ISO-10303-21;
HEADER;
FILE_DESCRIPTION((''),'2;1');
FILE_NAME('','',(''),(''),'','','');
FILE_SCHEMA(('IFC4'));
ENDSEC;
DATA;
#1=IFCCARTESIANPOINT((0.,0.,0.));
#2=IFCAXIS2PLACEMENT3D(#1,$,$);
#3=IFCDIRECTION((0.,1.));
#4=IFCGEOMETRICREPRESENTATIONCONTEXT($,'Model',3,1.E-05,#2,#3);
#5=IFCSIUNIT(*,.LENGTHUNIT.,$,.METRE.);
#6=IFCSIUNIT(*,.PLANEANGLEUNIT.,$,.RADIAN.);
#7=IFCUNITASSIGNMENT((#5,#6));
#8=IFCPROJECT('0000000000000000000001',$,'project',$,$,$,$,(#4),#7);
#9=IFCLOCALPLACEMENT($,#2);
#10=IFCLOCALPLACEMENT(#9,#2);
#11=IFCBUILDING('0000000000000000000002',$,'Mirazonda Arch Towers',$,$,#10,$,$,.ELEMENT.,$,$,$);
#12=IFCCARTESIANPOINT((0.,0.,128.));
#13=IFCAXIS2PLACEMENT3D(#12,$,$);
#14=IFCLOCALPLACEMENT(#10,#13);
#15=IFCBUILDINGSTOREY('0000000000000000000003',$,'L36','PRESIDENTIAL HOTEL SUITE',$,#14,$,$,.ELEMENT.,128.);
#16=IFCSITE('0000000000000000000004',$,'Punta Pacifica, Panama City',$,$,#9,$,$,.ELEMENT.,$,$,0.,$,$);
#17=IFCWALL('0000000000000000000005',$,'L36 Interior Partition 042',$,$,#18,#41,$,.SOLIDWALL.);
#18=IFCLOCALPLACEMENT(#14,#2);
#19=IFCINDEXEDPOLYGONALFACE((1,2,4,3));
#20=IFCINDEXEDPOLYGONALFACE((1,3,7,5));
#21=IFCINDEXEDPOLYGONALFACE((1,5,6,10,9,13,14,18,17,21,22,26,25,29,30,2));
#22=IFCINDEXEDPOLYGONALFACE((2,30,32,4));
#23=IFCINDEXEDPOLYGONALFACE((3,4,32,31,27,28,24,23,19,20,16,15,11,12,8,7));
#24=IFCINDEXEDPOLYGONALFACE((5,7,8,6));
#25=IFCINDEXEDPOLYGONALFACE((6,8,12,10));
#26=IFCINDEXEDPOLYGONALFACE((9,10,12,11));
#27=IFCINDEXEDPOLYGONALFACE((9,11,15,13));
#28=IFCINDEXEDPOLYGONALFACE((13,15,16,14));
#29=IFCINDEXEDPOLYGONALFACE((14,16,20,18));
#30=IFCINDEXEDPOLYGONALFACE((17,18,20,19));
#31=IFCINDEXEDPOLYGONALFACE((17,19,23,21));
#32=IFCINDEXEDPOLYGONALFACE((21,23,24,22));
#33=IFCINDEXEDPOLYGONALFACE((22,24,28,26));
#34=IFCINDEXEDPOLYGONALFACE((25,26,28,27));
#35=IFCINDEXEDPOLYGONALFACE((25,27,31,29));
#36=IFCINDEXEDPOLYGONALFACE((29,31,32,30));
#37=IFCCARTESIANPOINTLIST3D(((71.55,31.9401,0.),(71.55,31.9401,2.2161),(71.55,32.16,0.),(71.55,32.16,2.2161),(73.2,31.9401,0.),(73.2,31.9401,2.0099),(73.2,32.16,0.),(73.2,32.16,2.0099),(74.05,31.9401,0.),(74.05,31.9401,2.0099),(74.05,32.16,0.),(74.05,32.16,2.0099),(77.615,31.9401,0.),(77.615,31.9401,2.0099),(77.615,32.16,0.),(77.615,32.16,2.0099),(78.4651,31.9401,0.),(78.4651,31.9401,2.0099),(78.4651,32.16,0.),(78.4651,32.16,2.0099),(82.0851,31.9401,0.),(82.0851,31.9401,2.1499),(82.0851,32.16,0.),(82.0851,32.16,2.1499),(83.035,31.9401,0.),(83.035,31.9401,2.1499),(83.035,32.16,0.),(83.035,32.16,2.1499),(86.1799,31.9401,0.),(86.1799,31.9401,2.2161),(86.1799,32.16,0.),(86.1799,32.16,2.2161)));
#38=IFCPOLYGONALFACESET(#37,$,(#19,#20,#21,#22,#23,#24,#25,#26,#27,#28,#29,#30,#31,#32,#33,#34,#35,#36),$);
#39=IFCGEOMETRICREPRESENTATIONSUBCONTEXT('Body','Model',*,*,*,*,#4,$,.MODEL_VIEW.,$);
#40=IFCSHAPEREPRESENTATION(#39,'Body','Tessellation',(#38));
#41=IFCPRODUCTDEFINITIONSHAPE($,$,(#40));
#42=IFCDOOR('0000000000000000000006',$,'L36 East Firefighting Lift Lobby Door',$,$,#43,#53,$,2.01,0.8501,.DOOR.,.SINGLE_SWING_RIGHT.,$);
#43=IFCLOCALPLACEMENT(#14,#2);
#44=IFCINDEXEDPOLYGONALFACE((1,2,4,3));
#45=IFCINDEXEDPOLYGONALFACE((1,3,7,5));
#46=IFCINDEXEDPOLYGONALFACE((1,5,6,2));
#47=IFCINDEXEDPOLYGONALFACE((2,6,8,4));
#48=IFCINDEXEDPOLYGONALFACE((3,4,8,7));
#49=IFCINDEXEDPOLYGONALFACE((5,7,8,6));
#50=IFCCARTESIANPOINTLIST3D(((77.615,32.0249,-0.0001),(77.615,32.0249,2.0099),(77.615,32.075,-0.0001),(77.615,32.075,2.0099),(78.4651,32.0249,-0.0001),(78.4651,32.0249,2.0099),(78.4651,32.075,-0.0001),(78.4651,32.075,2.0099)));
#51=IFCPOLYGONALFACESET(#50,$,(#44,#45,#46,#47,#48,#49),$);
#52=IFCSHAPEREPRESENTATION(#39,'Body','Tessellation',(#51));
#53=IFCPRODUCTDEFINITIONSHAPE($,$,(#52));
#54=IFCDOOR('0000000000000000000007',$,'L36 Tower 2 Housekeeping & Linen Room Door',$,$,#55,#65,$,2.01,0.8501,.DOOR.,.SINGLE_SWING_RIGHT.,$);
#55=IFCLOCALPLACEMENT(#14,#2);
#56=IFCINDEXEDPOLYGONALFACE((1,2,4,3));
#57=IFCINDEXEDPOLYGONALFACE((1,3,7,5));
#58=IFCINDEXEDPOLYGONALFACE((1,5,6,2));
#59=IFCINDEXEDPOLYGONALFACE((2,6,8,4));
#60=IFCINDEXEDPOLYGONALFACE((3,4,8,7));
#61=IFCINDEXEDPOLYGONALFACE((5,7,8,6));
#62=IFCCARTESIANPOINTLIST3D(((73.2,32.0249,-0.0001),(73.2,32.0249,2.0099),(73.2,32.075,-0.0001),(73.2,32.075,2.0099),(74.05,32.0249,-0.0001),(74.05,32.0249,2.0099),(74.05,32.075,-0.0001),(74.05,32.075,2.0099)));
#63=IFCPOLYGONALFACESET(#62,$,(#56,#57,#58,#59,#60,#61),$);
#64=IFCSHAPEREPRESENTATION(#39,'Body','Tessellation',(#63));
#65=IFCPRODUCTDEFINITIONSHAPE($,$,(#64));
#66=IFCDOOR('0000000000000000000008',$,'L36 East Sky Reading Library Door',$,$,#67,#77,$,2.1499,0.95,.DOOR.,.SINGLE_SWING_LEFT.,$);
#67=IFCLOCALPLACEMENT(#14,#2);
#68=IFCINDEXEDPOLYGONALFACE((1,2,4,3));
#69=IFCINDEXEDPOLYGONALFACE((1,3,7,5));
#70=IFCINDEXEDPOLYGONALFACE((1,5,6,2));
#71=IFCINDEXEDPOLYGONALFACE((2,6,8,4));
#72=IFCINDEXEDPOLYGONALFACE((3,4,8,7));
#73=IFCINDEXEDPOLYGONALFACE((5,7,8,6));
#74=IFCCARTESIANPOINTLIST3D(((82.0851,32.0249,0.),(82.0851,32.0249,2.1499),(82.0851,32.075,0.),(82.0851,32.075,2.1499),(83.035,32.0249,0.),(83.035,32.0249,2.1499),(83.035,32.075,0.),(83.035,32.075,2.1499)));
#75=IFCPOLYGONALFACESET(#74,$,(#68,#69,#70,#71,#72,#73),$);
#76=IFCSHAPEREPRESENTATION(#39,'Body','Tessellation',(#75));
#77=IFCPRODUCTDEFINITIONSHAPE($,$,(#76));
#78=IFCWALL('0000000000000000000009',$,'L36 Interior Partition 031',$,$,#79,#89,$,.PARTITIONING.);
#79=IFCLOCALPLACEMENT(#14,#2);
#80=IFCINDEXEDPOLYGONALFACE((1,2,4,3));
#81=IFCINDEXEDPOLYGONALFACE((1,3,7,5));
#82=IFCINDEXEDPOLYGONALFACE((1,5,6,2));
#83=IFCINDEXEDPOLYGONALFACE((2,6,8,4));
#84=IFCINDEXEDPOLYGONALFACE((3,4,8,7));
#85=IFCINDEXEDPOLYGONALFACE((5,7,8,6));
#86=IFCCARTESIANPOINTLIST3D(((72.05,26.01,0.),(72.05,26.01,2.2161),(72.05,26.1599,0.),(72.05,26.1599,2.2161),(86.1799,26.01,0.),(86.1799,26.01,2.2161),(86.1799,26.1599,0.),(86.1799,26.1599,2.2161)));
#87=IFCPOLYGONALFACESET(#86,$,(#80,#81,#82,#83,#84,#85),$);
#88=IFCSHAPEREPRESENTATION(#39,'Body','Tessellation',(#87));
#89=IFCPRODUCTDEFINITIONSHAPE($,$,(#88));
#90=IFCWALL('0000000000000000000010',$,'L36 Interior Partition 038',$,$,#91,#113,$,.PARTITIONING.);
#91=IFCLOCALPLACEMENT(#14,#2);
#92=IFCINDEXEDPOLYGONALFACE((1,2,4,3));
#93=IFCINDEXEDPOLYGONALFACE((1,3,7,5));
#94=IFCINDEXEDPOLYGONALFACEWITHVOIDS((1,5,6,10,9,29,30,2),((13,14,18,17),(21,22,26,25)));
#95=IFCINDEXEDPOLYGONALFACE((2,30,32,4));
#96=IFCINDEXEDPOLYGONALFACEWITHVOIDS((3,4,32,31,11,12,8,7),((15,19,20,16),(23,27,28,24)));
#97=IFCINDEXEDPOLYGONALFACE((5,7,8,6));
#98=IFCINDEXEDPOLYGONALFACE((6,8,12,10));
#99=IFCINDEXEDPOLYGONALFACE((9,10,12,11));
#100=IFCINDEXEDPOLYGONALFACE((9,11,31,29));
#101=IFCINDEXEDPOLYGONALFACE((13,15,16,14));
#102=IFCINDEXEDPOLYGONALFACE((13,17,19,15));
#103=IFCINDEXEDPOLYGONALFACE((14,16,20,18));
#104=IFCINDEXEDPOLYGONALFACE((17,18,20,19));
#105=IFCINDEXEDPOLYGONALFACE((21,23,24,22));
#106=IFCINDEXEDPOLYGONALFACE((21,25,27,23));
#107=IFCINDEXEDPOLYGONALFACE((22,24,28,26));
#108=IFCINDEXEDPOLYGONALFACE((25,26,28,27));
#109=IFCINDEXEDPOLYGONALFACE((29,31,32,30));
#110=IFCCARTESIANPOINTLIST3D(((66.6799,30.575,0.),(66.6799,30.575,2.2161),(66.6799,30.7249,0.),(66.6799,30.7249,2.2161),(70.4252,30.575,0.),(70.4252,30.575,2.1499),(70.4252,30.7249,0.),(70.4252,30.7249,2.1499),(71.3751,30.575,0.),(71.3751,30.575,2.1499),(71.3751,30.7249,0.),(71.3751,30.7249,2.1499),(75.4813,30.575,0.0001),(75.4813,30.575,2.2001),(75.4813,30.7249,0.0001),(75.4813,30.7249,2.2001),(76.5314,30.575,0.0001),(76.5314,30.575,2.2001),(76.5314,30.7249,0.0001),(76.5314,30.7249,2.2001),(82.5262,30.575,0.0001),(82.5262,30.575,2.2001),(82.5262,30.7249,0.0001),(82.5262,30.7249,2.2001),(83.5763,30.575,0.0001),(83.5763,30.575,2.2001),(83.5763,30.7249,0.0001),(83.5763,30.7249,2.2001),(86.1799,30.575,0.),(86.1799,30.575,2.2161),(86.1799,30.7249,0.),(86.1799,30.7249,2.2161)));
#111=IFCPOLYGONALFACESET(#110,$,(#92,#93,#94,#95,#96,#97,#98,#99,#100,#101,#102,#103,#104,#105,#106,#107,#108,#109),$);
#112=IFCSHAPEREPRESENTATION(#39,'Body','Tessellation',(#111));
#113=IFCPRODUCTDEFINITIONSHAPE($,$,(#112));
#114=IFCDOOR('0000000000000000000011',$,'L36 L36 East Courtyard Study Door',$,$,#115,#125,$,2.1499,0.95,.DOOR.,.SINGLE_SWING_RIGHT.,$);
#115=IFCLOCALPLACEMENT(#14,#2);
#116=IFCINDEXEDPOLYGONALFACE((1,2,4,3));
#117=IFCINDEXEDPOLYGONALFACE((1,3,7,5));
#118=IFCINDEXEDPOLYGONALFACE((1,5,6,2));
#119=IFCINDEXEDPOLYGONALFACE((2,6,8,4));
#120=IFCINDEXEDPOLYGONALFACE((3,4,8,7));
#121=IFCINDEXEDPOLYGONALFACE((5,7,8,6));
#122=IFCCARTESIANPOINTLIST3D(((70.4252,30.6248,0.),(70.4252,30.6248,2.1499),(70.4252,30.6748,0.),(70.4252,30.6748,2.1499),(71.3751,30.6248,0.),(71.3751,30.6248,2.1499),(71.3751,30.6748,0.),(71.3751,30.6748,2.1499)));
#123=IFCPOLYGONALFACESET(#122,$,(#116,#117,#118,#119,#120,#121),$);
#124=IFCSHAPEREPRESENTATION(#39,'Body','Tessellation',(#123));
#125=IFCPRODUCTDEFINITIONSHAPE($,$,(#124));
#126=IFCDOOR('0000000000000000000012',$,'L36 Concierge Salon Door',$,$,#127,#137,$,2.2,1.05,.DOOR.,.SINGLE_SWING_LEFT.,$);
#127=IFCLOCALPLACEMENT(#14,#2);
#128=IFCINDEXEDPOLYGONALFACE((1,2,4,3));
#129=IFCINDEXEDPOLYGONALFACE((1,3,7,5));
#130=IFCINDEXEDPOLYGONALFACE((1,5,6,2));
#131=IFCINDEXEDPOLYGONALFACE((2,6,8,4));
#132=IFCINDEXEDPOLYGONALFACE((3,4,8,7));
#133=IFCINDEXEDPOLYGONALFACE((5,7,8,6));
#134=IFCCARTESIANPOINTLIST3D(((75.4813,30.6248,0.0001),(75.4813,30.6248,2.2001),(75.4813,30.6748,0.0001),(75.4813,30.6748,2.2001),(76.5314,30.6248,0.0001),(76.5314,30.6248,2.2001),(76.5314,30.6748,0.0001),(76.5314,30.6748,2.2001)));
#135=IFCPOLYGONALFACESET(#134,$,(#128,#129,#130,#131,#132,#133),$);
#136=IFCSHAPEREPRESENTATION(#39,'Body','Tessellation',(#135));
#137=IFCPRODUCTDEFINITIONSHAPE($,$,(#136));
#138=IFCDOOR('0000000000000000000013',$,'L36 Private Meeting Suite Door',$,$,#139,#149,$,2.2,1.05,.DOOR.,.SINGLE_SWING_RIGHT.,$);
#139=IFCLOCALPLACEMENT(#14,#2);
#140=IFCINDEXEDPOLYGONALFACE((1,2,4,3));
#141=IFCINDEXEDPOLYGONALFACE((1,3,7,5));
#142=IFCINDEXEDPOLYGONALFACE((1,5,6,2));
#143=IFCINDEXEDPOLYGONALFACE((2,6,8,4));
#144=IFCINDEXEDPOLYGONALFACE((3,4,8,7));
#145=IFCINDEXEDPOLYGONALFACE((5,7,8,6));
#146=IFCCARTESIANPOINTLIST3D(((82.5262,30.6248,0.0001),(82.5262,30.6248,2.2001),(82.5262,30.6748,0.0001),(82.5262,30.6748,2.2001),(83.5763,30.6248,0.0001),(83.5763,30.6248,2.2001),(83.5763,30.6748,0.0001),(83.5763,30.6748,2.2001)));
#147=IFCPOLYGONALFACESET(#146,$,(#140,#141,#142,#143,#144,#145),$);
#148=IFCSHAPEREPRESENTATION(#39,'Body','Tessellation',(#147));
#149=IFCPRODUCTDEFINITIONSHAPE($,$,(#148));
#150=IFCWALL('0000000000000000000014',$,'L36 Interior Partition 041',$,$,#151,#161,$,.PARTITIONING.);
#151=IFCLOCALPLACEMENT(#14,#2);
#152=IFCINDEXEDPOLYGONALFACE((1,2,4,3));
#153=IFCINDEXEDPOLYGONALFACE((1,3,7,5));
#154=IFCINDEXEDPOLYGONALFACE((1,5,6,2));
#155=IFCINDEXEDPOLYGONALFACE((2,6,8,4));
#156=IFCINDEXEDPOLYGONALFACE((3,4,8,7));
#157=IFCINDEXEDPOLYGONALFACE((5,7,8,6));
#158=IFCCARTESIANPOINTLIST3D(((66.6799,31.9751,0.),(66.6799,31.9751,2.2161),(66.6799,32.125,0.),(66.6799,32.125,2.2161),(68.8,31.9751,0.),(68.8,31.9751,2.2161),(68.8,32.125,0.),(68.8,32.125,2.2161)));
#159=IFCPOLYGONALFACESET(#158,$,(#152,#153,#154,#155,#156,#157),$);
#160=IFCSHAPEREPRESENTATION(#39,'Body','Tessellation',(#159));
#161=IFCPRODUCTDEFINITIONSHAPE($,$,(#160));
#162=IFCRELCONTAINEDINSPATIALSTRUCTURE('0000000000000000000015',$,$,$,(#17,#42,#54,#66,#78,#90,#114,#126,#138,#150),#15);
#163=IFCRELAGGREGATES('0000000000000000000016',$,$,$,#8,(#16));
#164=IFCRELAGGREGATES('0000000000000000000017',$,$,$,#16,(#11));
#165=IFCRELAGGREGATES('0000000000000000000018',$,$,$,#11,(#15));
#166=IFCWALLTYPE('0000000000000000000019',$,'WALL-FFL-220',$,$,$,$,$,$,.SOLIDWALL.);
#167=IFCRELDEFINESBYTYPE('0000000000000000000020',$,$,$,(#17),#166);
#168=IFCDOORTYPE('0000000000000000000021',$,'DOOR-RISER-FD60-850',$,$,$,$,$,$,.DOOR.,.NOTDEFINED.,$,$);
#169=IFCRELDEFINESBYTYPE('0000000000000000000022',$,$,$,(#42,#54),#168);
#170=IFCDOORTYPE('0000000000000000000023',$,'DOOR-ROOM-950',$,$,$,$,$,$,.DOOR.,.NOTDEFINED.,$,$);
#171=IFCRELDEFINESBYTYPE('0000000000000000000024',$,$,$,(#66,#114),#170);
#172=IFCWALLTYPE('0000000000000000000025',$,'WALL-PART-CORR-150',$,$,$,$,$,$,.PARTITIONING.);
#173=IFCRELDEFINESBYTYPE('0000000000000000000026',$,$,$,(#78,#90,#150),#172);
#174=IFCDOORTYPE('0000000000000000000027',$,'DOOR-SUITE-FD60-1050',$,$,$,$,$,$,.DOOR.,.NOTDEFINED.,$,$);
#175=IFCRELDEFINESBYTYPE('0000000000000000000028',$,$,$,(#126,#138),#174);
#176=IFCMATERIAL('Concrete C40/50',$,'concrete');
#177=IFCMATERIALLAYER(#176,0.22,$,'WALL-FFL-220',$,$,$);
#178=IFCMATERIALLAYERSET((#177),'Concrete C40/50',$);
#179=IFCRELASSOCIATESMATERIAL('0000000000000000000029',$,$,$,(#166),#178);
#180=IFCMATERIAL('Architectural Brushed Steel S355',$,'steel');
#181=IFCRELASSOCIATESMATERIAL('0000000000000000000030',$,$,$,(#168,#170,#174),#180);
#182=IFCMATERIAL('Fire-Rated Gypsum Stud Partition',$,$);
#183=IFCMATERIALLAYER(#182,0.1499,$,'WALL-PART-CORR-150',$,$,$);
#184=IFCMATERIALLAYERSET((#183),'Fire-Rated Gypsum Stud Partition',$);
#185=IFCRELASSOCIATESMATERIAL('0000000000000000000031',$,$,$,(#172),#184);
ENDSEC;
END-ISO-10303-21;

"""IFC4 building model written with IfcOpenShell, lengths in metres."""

from ifc_helpers import new_model, si_unit, direction, frame, frame_2d, origin, place, context, subcontext, project, spatial, rectangle, extrude, material, layer, layer_set, type_object, element, fill, save


model = new_model("IFC4")

# Units and contexts
model_context = context("Model", 3, precision=1e-05, world=origin(), true_north=direction((0.0, 1.0)))
body_context = subcontext(model_context, "Body", "Model", "MODEL_VIEW")
ifc_project = project(units=[si_unit("LENGTHUNIT", "METRE"), si_unit("PLANEANGLEUNIT", "RADIAN")], contexts=[model_context])

# Site, building, storey
site_placement = place(None, origin())
site = spatial("IfcSite", under=ifc_project, at=site_placement, Name="Punta Pacifica, Panama City", CompositionType="ELEMENT", RefElevation=0.0)
building_placement = place(site_placement, origin())
building = spatial("IfcBuilding", under=site, at=building_placement, Name="Mirazonda Arch Towers", CompositionType="ELEMENT")
storey_placement = place(building_placement, frame((0.0, 0.0, 128.0)))
storey = spatial("IfcBuildingStorey", under=building, at=storey_placement, Name="L36", Description="PRESIDENTIAL HOTEL SUITE", CompositionType="ELEMENT", Elevation=128.0)

# Wall, openings, doors
ifc_material_1 = material(Name="Architectural Brushed Steel S355", Category="steel")
ifc_material_2 = material(Name="Concrete C40/50", Category="concrete")
ifc_layer_1 = layer(ifc_material_2, 0.22, Name="WALL-FFL-220")
ifc_layer_set_1 = layer_set([ifc_layer_1], Name="Concrete C40/50")
wall_type_1 = type_object("IfcWallType", Name="WALL-FFL-220", PredefinedType="SOLIDWALL", material=ifc_layer_set_1)
wall_1_placement = place(storey_placement, frame((71.55, 32.05, 0.0), z_axis=(0.0, 0.0, 1.0), x_axis=(1.0, 0.0, 0.0)))
wall_1 = element("IfcWall", 1, at=wall_1_placement, inside=storey, type_object=wall_type_1, Name="L36 Interior Partition 042", PredefinedType="SOLIDWALL", context=body_context, shape_type="SweptSolid", body=[
    extrude(rectangle(XDim=14.6299, YDim=0.22, at=frame_2d((7.3149, 0.0))), origin(), (0.0, 0.0, 1.0), 2.2161),
])
opening_1_placement = place(wall_1_placement, frame((6.0649, 0.0, 0.0)))
opening_1 = element("IfcOpeningElement", 2, at=opening_1_placement, cuts=wall_1, PredefinedType="OPENING", context=body_context, shape_type="SweptSolid", body=[
    extrude(rectangle(XDim=0.8501, YDim=2.01, at=frame_2d((0.425, 1.0049))), frame((0.0, 0.1199, 0.0), z_axis=(0.0, -1.0, 0.0), x_axis=(1.0, 0.0, 0.0)), (0.0, 0.0, 1.0), 0.24),
])
opening_2_placement = place(wall_1_placement, frame((10.5349, 0.0, 0.0)))
opening_2 = element("IfcOpeningElement", 3, at=opening_2_placement, cuts=wall_1, PredefinedType="OPENING", context=body_context, shape_type="SweptSolid", body=[
    extrude(rectangle(XDim=0.95, YDim=2.1499, at=frame_2d((0.4751, 1.075))), frame((0.0, 0.1199, 0.0), z_axis=(0.0, -1.0, 0.0), x_axis=(1.0, 0.0, 0.0)), (0.0, 0.0, 1.0), 0.24),
])
opening_3_placement = place(wall_1_placement, frame((1.6499, 0.0, 0.0)))
opening_3 = element("IfcOpeningElement", 4, at=opening_3_placement, cuts=wall_1, PredefinedType="OPENING", context=body_context, shape_type="SweptSolid", body=[
    extrude(rectangle(XDim=0.8501, YDim=2.01, at=frame_2d((0.425, 1.0049))), frame((0.0, 0.1199, 0.0), z_axis=(0.0, -1.0, 0.0), x_axis=(1.0, 0.0, 0.0)), (0.0, 0.0, 1.0), 0.24),
])
door_type_1 = type_object("IfcDoorType", Name="DOOR-RISER-FD60-850", OperationType="NOTDEFINED", PredefinedType="DOOR", material=ifc_material_1)
door_1_placement = place(opening_1_placement, origin())
door_1 = element("IfcDoor", 5, at=door_1_placement, inside=storey, type_object=door_type_1, Name="L36 East Firefighting Lift Lobby Door", OperationType="SINGLE_SWING_RIGHT", OverallHeight=2.01, OverallWidth=0.8501, PredefinedType="DOOR", context=body_context, shape_type="SweptSolid", body=[
    extrude(rectangle(XDim=0.8501, YDim=2.01, at=frame_2d((0.425, 1.0049))), frame((0.0, 0.0249, 0.0), z_axis=(0.0, -1.0, 0.0), x_axis=(1.0, 0.0, 0.0)), (0.0, 0.0, 1.0), 0.05),
])
fill(opening_1, door_1)
door_2_placement = place(opening_3_placement, origin())
door_2 = element("IfcDoor", 6, at=door_2_placement, inside=storey, type_object=door_type_1, Name="L36 Tower 2 Housekeeping & Linen Room Door", OperationType="SINGLE_SWING_RIGHT", OverallHeight=2.01, OverallWidth=0.8501, PredefinedType="DOOR", context=body_context, shape_type="SweptSolid", body=[
    extrude(rectangle(XDim=0.8501, YDim=2.01, at=frame_2d((0.425, 1.0049))), frame((0.0, 0.0249, 0.0), z_axis=(0.0, -1.0, 0.0), x_axis=(1.0, 0.0, 0.0)), (0.0, 0.0, 1.0), 0.05),
])
fill(opening_3, door_2)
door_type_2 = type_object("IfcDoorType", Name="DOOR-ROOM-950", OperationType="NOTDEFINED", PredefinedType="DOOR", material=ifc_material_1)
door_3_placement = place(opening_2_placement, origin())
door_3 = element("IfcDoor", 7, at=door_3_placement, inside=storey, type_object=door_type_2, Name="L36 East Sky Reading Library Door", OperationType="SINGLE_SWING_LEFT", OverallHeight=2.1499, OverallWidth=0.95, PredefinedType="DOOR", context=body_context, shape_type="SweptSolid", body=[
    extrude(rectangle(XDim=0.95, YDim=2.1499, at=frame_2d((0.4751, 1.075))), frame((0.0, 0.0249, 0.0), z_axis=(0.0, -1.0, 0.0), x_axis=(1.0, 0.0, 0.0)), (0.0, 0.0, 1.0), 0.05),
])
fill(opening_2, door_3)

# Wall
ifc_material_3 = material(Name="Fire-Rated Gypsum Stud Partition")
ifc_layer_2 = layer(ifc_material_3, 0.1499, Name="WALL-PART-CORR-150")
ifc_layer_set_2 = layer_set([ifc_layer_2], Name="Fire-Rated Gypsum Stud Partition")
wall_type_2 = type_object("IfcWallType", Name="WALL-PART-CORR-150", PredefinedType="PARTITIONING", material=ifc_layer_set_2)
wall_2_placement = place(storey_placement, frame((72.05, 26.085, 0.0), z_axis=(0.0, 0.0, 1.0), x_axis=(1.0, 0.0, 0.0)))
element("IfcWall", 8, at=wall_2_placement, inside=storey, type_object=wall_type_2, Name="L36 Interior Partition 031", PredefinedType="PARTITIONING", context=body_context, shape_type="SweptSolid", body=[
    extrude(rectangle(XDim=14.1299, YDim=0.1499, at=frame_2d((7.0649, 0.0))), origin(), (0.0, 0.0, 1.0), 2.2161),
])

# Wall, openings, doors
wall_3_placement = place(storey_placement, frame((66.6799, 30.6499, 0.0), z_axis=(0.0, 0.0, 1.0), x_axis=(1.0, 0.0, 0.0)))
wall_3 = element("IfcWall", 9, at=wall_3_placement, inside=storey, type_object=wall_type_2, Name="L36 Interior Partition 038", PredefinedType="PARTITIONING", context=body_context, shape_type="SweptSolid", body=[
    extrude(rectangle(XDim=19.5, YDim=0.1499, at=frame_2d((9.75, 0.0))), origin(), (0.0, 0.0, 1.0), 2.2161),
])
opening_4_placement = place(wall_3_placement, frame((3.7451, 0.0, 0.0)))
opening_4 = element("IfcOpeningElement", 10, at=opening_4_placement, cuts=wall_3, PredefinedType="OPENING", context=body_context, shape_type="SweptSolid", body=[
    extrude(rectangle(XDim=0.95, YDim=2.1499, at=frame_2d((0.4751, 1.075))), frame((0.0, 0.085, 0.0), z_axis=(0.0, -1.0, 0.0), x_axis=(1.0, 0.0, 0.0)), (0.0, 0.0, 1.0), 0.1699),
])
opening_5_placement = place(wall_3_placement, frame((8.8015, 0.0, 0.0)))
opening_5 = element("IfcOpeningElement", 11, at=opening_5_placement, cuts=wall_3, PredefinedType="OPENING", context=body_context, shape_type="SweptSolid", body=[
    extrude(rectangle(XDim=1.05, YDim=2.2, at=frame_2d((0.5249, 1.1001))), frame((0.0, 0.085, 0.0), z_axis=(0.0, -1.0, 0.0), x_axis=(1.0, 0.0, 0.0)), (0.0, 0.0, 1.0), 0.1699),
])
opening_6_placement = place(wall_3_placement, frame((15.8464, 0.0, 0.0)))
opening_6 = element("IfcOpeningElement", 12, at=opening_6_placement, cuts=wall_3, PredefinedType="OPENING", context=body_context, shape_type="SweptSolid", body=[
    extrude(rectangle(XDim=1.05, YDim=2.2, at=frame_2d((0.5249, 1.1001))), frame((0.0, 0.085, 0.0), z_axis=(0.0, -1.0, 0.0), x_axis=(1.0, 0.0, 0.0)), (0.0, 0.0, 1.0), 0.1699),
])
door_4_placement = place(opening_4_placement, origin())
door_4 = element("IfcDoor", 13, at=door_4_placement, inside=storey, type_object=door_type_2, Name="L36 L36 East Courtyard Study Door", OperationType="SINGLE_SWING_RIGHT", OverallHeight=2.1499, OverallWidth=0.95, PredefinedType="DOOR", context=body_context, shape_type="SweptSolid", body=[
    extrude(rectangle(XDim=0.95, YDim=2.1499, at=frame_2d((0.4751, 1.075))), frame((0.0, 0.0249, 0.0), z_axis=(0.0, -1.0, 0.0), x_axis=(1.0, 0.0, 0.0)), (0.0, 0.0, 1.0), 0.05),
])
fill(opening_4, door_4)
door_type_3 = type_object("IfcDoorType", Name="DOOR-SUITE-FD60-1050", OperationType="NOTDEFINED", PredefinedType="DOOR", material=ifc_material_1)
door_5_placement = place(opening_5_placement, origin())
door_5 = element("IfcDoor", 14, at=door_5_placement, inside=storey, type_object=door_type_3, Name="L36 Concierge Salon Door", OperationType="SINGLE_SWING_LEFT", OverallHeight=2.2, OverallWidth=1.05, PredefinedType="DOOR", context=body_context, shape_type="SweptSolid", body=[
    extrude(rectangle(XDim=1.05, YDim=2.2, at=frame_2d((0.5249, 1.1001))), frame((0.0, 0.0249, 0.0), z_axis=(0.0, -1.0, 0.0), x_axis=(1.0, 0.0, 0.0)), (0.0, 0.0, 1.0), 0.05),
])
fill(opening_5, door_5)
door_6_placement = place(opening_6_placement, origin())
door_6 = element("IfcDoor", 15, at=door_6_placement, inside=storey, type_object=door_type_3, Name="L36 Private Meeting Suite Door", OperationType="SINGLE_SWING_RIGHT", OverallHeight=2.2, OverallWidth=1.05, PredefinedType="DOOR", context=body_context, shape_type="SweptSolid", body=[
    extrude(rectangle(XDim=1.05, YDim=2.2, at=frame_2d((0.5249, 1.1001))), frame((0.0, 0.0249, 0.0), z_axis=(0.0, -1.0, 0.0), x_axis=(1.0, 0.0, 0.0)), (0.0, 0.0, 1.0), 0.05),
])
fill(opening_6, door_6)

# Wall
wall_4_placement = place(storey_placement, frame((66.6799, 32.05, 0.0), z_axis=(0.0, 0.0, 1.0), x_axis=(1.0, 0.0, 0.0)))
element("IfcWall", 16, at=wall_4_placement, inside=storey, type_object=wall_type_2, Name="L36 Interior Partition 041", PredefinedType="PARTITIONING", context=body_context, shape_type="SweptSolid", body=[
    extrude(rectangle(XDim=2.1201, YDim=0.1499, at=frame_2d((1.0601, 0.0))), origin(), (0.0, 0.0, 1.0), 2.2161),
])

save(model, "model.ifc")
